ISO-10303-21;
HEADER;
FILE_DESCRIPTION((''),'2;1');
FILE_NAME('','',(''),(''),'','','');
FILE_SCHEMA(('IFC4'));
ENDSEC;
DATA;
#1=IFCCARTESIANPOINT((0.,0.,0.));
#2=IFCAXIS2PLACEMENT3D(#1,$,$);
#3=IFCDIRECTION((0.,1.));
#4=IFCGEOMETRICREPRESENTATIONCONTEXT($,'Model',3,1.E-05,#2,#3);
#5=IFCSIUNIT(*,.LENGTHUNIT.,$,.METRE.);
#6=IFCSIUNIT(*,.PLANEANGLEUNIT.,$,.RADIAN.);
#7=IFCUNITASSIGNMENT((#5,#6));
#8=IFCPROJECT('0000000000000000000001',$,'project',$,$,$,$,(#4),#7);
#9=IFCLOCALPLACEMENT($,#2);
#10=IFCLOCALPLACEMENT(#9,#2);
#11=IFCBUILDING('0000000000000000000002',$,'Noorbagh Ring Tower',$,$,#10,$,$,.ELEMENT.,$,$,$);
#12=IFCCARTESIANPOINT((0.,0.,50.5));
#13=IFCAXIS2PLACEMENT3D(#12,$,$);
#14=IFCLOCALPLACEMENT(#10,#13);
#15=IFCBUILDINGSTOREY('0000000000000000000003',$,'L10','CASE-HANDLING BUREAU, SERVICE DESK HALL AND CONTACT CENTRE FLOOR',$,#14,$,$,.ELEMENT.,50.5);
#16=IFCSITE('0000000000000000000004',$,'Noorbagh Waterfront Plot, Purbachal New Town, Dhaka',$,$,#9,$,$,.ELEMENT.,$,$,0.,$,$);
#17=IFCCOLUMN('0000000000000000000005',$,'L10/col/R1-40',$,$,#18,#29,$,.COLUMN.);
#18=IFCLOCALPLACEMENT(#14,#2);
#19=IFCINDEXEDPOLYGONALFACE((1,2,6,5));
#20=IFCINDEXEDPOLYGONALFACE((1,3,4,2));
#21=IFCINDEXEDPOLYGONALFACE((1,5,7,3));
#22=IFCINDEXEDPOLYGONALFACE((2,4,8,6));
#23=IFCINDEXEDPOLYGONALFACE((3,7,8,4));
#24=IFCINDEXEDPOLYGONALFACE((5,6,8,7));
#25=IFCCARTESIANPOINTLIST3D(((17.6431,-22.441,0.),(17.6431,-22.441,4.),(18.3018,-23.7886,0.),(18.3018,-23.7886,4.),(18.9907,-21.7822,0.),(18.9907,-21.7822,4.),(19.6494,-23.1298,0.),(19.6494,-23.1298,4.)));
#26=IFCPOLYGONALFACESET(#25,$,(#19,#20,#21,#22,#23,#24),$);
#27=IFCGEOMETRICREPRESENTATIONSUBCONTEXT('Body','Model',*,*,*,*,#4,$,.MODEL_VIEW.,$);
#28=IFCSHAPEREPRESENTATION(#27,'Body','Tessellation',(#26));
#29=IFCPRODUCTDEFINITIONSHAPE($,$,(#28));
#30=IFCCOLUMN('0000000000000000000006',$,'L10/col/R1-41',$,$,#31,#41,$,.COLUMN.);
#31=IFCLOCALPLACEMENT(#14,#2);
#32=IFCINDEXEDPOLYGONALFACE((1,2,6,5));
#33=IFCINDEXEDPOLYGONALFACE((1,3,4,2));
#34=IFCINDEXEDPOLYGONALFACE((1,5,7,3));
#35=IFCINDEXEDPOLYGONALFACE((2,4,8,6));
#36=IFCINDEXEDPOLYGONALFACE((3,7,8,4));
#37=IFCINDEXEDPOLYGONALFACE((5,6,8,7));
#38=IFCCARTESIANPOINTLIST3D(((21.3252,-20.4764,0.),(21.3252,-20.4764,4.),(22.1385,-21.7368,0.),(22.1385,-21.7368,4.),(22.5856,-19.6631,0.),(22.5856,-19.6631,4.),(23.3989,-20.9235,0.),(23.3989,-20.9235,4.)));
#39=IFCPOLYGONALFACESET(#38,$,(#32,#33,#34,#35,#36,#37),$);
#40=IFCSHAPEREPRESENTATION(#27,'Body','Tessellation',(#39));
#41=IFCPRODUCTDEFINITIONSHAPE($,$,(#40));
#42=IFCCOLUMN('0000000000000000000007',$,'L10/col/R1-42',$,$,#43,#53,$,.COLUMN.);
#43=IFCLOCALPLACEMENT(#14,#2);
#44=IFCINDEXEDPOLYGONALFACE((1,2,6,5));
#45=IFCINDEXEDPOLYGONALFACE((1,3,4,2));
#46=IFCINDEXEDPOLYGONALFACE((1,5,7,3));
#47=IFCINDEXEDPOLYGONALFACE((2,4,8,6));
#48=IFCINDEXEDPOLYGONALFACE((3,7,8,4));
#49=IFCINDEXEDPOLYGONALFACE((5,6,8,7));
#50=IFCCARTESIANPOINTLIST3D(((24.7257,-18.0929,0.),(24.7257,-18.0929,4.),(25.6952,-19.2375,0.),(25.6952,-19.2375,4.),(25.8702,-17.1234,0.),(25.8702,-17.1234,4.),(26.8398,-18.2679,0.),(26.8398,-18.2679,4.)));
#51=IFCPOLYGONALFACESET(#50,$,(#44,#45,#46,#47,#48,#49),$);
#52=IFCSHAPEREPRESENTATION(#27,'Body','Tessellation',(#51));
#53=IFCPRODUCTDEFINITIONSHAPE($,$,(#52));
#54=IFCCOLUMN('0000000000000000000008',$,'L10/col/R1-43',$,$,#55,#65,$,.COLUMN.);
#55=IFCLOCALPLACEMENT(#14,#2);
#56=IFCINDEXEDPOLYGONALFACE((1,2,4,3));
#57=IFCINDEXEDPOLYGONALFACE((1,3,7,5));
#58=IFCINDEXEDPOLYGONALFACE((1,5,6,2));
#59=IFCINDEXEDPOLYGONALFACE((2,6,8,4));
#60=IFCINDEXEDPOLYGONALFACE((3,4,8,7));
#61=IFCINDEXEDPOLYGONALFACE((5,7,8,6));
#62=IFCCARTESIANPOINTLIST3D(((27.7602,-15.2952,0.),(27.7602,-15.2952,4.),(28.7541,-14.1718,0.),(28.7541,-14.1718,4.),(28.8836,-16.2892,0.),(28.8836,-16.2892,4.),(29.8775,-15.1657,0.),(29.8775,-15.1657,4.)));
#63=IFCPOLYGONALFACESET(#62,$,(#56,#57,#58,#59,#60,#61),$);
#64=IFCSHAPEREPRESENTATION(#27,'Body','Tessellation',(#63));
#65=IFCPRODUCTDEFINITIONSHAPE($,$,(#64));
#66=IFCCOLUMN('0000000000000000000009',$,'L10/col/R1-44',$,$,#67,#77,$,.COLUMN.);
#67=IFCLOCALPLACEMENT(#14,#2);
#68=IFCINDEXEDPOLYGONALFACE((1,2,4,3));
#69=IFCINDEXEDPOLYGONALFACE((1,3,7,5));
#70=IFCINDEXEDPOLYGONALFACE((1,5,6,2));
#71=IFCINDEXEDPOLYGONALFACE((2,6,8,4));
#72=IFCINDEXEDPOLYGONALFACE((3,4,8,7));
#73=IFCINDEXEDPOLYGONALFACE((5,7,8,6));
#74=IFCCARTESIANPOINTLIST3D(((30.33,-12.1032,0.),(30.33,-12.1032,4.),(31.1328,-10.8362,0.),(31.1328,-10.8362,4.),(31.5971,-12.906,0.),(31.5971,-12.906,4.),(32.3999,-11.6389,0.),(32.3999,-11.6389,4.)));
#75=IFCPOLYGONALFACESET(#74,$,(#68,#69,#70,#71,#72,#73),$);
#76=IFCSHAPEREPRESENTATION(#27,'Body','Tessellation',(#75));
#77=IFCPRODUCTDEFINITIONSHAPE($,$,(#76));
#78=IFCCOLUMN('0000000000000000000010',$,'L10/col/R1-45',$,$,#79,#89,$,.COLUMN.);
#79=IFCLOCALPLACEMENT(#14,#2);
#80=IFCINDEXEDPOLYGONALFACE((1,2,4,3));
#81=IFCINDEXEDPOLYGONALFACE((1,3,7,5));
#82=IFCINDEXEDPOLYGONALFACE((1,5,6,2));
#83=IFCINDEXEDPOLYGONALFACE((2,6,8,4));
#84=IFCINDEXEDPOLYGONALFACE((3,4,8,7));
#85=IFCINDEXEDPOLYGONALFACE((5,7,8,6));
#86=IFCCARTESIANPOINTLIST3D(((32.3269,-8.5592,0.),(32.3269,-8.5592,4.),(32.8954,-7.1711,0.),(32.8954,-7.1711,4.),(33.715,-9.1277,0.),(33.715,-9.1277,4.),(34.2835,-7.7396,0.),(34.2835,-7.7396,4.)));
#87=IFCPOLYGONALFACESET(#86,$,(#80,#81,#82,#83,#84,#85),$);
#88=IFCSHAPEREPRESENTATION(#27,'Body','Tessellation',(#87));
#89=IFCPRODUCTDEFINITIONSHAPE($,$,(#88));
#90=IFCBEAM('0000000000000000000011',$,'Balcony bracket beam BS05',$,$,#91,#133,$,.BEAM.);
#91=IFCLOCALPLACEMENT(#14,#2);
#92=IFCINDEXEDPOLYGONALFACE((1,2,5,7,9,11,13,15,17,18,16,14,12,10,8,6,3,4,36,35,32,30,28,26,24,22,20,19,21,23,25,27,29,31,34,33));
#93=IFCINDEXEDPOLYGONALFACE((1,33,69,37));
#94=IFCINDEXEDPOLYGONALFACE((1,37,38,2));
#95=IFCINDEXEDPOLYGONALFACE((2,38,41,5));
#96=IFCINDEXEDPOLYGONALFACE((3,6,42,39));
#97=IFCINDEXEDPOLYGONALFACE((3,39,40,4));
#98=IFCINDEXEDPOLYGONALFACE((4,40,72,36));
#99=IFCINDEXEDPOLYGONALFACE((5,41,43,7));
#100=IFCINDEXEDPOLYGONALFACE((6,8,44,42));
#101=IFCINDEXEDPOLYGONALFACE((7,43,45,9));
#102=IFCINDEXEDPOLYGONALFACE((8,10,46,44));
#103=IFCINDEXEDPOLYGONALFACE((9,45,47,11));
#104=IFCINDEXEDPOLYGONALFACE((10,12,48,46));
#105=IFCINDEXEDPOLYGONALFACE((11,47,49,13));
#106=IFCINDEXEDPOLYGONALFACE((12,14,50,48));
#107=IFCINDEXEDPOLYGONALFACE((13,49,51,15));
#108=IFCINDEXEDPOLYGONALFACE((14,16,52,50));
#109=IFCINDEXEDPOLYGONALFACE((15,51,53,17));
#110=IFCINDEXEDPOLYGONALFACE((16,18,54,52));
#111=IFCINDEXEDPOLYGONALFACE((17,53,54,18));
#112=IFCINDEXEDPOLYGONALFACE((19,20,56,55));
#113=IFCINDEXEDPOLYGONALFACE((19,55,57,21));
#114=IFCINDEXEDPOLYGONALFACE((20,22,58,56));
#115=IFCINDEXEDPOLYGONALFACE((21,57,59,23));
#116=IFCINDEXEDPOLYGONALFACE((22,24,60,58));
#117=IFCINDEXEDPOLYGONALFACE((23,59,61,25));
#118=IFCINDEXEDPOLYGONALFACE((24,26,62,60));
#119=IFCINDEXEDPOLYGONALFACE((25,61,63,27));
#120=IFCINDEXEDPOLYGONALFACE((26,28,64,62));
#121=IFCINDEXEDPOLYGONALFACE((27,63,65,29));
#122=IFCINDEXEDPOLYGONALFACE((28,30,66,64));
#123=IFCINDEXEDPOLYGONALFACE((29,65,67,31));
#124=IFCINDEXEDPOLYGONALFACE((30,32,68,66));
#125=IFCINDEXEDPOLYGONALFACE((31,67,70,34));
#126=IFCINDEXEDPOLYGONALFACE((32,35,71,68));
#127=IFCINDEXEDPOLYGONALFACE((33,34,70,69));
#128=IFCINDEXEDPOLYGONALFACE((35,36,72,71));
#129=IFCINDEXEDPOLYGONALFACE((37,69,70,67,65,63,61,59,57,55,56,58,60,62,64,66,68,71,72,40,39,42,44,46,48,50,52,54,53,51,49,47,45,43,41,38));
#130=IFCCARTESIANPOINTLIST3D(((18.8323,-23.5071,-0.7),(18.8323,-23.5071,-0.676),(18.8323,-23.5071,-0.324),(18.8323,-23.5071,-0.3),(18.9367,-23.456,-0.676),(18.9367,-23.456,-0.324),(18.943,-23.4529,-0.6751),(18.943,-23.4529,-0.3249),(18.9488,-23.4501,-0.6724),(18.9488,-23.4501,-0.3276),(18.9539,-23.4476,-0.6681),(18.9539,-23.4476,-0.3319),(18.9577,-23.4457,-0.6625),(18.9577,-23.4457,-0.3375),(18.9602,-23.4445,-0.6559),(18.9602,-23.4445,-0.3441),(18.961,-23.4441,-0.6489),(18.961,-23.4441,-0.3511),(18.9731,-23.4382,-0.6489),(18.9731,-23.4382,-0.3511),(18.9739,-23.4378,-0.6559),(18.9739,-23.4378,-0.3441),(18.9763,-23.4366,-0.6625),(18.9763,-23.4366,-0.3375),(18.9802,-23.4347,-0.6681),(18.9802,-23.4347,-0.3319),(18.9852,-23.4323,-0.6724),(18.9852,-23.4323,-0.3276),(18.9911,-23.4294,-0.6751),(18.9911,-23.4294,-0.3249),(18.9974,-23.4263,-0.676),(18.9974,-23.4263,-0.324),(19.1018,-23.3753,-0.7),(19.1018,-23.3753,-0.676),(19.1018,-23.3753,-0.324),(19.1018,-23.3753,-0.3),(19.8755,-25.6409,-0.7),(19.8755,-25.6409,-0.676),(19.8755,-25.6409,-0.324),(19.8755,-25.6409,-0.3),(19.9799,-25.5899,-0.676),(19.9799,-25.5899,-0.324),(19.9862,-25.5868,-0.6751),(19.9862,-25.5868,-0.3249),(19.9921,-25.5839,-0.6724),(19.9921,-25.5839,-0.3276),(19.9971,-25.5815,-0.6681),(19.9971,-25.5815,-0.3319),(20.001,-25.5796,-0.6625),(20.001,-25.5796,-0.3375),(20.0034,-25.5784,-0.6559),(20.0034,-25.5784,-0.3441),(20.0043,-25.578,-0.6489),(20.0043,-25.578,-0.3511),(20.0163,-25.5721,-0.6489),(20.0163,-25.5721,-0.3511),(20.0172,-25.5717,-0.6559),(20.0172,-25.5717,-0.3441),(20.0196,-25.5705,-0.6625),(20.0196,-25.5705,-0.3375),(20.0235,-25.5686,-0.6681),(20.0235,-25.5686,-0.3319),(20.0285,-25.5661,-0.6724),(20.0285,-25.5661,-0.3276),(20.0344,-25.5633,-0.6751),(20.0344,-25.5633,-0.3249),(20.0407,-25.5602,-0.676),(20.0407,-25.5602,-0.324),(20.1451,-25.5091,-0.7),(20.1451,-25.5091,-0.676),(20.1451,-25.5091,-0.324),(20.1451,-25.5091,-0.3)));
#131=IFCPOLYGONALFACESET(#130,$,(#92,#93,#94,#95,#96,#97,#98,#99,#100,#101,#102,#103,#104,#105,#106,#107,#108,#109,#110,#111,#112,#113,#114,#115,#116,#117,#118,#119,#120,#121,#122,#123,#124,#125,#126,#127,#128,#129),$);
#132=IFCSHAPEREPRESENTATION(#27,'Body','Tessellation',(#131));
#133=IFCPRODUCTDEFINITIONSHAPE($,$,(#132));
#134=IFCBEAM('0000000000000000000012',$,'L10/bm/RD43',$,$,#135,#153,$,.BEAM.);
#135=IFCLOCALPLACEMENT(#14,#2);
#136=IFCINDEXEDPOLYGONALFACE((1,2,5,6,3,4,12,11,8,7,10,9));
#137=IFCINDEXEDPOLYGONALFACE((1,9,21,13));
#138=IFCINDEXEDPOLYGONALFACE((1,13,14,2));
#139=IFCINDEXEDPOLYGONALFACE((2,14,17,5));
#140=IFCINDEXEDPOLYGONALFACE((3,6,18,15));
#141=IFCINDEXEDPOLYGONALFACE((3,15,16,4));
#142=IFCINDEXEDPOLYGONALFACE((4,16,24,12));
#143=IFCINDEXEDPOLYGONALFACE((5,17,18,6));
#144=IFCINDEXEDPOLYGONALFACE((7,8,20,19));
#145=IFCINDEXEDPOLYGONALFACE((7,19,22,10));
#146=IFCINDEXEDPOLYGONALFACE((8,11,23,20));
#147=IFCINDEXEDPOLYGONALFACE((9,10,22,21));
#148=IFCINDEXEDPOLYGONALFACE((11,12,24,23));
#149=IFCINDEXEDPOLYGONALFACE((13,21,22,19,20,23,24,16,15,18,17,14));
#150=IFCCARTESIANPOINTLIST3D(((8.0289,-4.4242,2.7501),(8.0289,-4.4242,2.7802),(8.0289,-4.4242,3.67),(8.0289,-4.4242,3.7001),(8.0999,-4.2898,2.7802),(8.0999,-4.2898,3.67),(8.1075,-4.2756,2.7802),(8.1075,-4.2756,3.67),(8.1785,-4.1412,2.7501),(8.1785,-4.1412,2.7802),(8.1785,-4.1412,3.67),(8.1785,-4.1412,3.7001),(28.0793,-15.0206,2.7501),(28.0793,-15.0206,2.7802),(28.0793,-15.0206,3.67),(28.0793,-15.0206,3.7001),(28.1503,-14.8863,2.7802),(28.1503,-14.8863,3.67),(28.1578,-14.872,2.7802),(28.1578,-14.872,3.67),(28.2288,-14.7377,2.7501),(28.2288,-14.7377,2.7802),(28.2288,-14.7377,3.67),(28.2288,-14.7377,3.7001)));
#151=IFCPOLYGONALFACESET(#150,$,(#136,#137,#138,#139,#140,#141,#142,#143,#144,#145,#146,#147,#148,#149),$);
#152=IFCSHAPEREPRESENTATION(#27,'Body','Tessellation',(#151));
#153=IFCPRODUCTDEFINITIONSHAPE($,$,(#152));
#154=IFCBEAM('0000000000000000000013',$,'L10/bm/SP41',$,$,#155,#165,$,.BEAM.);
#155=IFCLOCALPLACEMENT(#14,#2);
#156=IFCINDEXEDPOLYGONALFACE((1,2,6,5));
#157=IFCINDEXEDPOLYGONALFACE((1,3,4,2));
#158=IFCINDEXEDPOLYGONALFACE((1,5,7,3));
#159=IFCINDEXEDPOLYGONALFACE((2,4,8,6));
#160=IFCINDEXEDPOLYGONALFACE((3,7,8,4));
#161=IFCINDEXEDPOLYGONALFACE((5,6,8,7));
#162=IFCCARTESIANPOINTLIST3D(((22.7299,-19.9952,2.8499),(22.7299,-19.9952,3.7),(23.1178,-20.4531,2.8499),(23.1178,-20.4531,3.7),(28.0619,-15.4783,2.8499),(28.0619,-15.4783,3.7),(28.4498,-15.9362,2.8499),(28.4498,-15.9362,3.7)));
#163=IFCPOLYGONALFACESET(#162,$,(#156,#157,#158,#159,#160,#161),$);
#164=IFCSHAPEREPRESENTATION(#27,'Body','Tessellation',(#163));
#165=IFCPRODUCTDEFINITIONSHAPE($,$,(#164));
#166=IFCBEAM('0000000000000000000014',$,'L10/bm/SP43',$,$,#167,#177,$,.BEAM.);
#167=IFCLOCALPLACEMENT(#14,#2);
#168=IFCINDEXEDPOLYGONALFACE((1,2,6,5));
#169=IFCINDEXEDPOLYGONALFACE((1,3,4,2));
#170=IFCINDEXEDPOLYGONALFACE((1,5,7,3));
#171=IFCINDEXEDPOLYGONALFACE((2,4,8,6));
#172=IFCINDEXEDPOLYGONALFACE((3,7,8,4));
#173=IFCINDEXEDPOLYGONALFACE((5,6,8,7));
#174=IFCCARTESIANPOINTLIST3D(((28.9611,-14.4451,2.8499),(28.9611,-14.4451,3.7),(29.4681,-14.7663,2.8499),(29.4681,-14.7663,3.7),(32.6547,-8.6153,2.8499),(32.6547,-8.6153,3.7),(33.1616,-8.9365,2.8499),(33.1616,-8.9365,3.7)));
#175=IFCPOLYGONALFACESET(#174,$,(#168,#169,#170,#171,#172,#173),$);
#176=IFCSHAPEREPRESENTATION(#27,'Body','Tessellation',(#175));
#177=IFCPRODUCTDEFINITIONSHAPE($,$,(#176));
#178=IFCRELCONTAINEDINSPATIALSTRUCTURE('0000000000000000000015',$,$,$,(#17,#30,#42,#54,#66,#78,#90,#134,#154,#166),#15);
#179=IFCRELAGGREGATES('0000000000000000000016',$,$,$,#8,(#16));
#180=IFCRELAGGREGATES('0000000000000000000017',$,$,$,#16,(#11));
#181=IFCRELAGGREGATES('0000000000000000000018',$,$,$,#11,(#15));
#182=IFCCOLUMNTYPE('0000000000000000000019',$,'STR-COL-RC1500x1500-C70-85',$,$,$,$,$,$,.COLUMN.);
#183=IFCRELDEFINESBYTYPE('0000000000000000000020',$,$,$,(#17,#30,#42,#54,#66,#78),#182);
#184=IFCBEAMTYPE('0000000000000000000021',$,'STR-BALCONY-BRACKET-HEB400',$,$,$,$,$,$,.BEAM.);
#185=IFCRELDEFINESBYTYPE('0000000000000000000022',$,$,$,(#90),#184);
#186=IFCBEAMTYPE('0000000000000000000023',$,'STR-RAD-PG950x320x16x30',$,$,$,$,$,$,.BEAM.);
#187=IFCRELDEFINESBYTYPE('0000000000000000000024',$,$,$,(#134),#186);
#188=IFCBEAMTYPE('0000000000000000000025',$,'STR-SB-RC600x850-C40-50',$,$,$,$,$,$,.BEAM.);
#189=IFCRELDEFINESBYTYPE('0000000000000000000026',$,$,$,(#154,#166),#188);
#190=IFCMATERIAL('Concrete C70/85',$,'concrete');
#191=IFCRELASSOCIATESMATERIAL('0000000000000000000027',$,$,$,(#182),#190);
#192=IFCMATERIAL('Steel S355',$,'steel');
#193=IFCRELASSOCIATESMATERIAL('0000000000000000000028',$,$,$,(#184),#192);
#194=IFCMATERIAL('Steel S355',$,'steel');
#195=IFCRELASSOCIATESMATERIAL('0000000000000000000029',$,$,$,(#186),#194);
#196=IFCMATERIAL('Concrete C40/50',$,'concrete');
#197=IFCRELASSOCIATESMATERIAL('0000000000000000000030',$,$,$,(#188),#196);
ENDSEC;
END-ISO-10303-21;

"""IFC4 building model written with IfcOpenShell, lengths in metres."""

from ifc_helpers import new_model, si_unit, direction, frame, origin, origin_2d, place, context, subcontext, project, spatial, rectangle, i_section, extrude, material, material_profile, profile_set, type_object, element, save


model = new_model("IFC4")

# Units and contexts
model_context = context("Model", 3, precision=1e-05, world=origin(), true_north=direction((0.0, 1.0)))
body_context = subcontext(model_context, "Body", "Model", "MODEL_VIEW")
ifc_project = project(units=[si_unit("LENGTHUNIT", "METRE"), si_unit("PLANEANGLEUNIT", "RADIAN")], contexts=[model_context])

# Site, building, storey
site_placement = place(None, origin())
site = spatial("IfcSite", under=ifc_project, at=site_placement, Name="Noorbagh Waterfront Plot, Purbachal New Town, Dhaka", CompositionType="ELEMENT", RefElevation=0.0)
building_placement = place(site_placement, origin())
building = spatial("IfcBuilding", under=site, at=building_placement, Name="Noorbagh Ring Tower", CompositionType="ELEMENT")
storey_placement = place(building_placement, frame((0.0, 0.0, 50.5)))
storey = spatial("IfcBuildingStorey", under=building, at=storey_placement, Name="L10", Description="CASE-HANDLING BUREAU, SERVICE DESK HALL AND CONTACT CENTRE FLOOR", CompositionType="ELEMENT", Elevation=50.5)

# Columns
ifc_material_1 = material(Name="Concrete C70/85", Category="concrete")
ifc_material_profile_1 = material_profile(ifc_material_1, rectangle(XDim=1.5, YDim=1.5, at=origin_2d()), Name="RC1500x1500")
ifc_profile_set_1 = profile_set([ifc_material_profile_1], Name="Concrete C70/85")
column_type = type_object("IfcColumnType", Name="STR-COL-RC1500x1500-C70-85", PredefinedType="COLUMN", material=ifc_profile_set_1)
for number, where, z_axis, x_axis, name in (
    (1, (18.6462, -22.7854, 0.0), (0.0, 0.0, 1.0), (0.898399, 0.43918, 0.0), "L10/col/R1-40"),
    (2, (22.3621, -20.7, 0.0), (0.0, 0.0, 1.0), (0.840248, 0.542203, 0.0), "L10/col/R1-41"),
    (3, (25.7827, -18.1804, 0.0), (0.0, 0.0, 1.0), (0.763035, 0.646357, 0.0), "L10/col/R1-42"),
    (4, (28.8188, -15.2305, 0.0), (0.0, 0.0, 1.0), (0.662636, 0.748942, 0.0), "L10/col/R1-43"),
    (5, (31.365, -11.8711, 0.0), (0.0, 0.0, 1.0), (0.53519, 0.844731, 0.0), "L10/col/R1-44"),
    (6, (33.3052, -8.1494, 0.0), (0.0, 0.0, 1.0), (0.378989, 0.925401, 0.0), "L10/col/R1-45"),
):
    element("IfcColumn", number, at=place(storey_placement, frame(where, z_axis=z_axis, x_axis=x_axis)), inside=storey, type_object=column_type, Name=name, PredefinedType="COLUMN", context=body_context, shape_type="SweptSolid", body=[
        extrude(rectangle(XDim=1.5, YDim=1.5, at=origin_2d()), origin(), (0.0, 0.0, 1.0), 4.0),
    ])

# Beams
ifc_material_2 = material(Name="Steel S355", Category="steel")
ifc_material_profile_2 = material_profile(ifc_material_2, i_section(OverallWidth=0.3, OverallDepth=0.3999, WebThickness=0.0134, FlangeThickness=0.0239, FilletRadius=0.0271, at=origin_2d()), Name="HEB400")
ifc_profile_set_2 = profile_set([ifc_material_profile_2], Name="Steel S355")
beam_type_1 = type_object("IfcBeamType", Name="STR-BALCONY-BRACKET-HEB400", PredefinedType="BEAM", material=ifc_profile_set_2)
beam_1_placement = place(storey_placement, frame((18.967, -23.4412, -0.5), z_axis=(0.439219, -0.89838, 0.0), x_axis=(0.89838, 0.439219, 0.0)))
element("IfcBeam", 7, at=beam_1_placement, inside=storey, type_object=beam_type_1, Name="Balcony bracket beam BS05", PredefinedType="BEAM", context=body_context, shape_type="SweptSolid", body=[
    extrude(i_section(OverallWidth=0.3, OverallDepth=0.3999, WebThickness=0.0134, FlangeThickness=0.0239, FilletRadius=0.0271, at=origin_2d()), origin(), (0.0, 0.0, 1.0), 2.3752),
])
ifc_material_3 = material(Name="Steel S355", Category="steel")
ifc_material_profile_3 = material_profile(ifc_material_3, i_section(OverallWidth=0.3201, OverallDepth=0.95, WebThickness=0.0161, FlangeThickness=0.03, at=origin_2d()), Name="PG950x320x16x30")
ifc_profile_set_3 = profile_set([ifc_material_profile_3], Name="Steel S355")
beam_type_2 = type_object("IfcBeamType", Name="STR-RAD-PG950x320x16x30", PredefinedType="BEAM", material=ifc_profile_set_3)
beam_2_placement = place(storey_placement, frame((28.1541, -14.8792, 3.2251), z_axis=(-0.884124, 0.467253, 0.0), x_axis=(-0.467253, -0.884124, 0.0)))
element("IfcBeam", 8, at=beam_2_placement, inside=storey, type_object=beam_type_2, Name="L10/bm/RD43", PredefinedType="BEAM", context=body_context, shape_type="SweptSolid", body=[
    extrude(i_section(OverallWidth=0.3201, OverallDepth=0.95, WebThickness=0.0161, FlangeThickness=0.03, at=origin_2d()), origin(), (0.0, 0.0, 1.0), 22.6782),
])
ifc_material_4 = material(Name="Concrete C40/50", Category="concrete")
ifc_material_profile_4 = material_profile(ifc_material_4, rectangle(XDim=0.6001, YDim=0.8501, at=origin_2d()), Name="RC600x850")
ifc_profile_set_4 = profile_set([ifc_material_profile_4], Name="Concrete C40/50")
beam_type_3 = type_object("IfcBeamType", Name="STR-SB-RC600x850-C40-50", PredefinedType="BEAM", material=ifc_profile_set_4)
beam_3_placement = place(storey_placement, frame((22.9238, -20.2241, 3.2749), z_axis=(0.763024, 0.64637, 0.0), x_axis=(-0.64637, 0.763024, 0.0)))
element("IfcBeam", 9, at=beam_3_placement, inside=storey, type_object=beam_type_3, Name="L10/bm/SP41", PredefinedType="BEAM", context=body_context, shape_type="SweptSolid", body=[
    extrude(rectangle(XDim=0.6001, YDim=0.8501, at=origin_2d()), origin(), (0.0, 0.0, 1.0), 6.988),
])
beam_4_placement = place(storey_placement, frame((29.2146, -14.6057, 3.2749), z_axis=(0.535194, 0.844729, 0.0), x_axis=(-0.844729, 0.535194, 0.0)))
element("IfcBeam", 10, at=beam_4_placement, inside=storey, type_object=beam_type_3, Name="L10/bm/SP43", PredefinedType="BEAM", context=body_context, shape_type="SweptSolid", body=[
    extrude(rectangle(XDim=0.6001, YDim=0.8501, at=origin_2d()), origin(), (0.0, 0.0, 1.0), 6.9014),
])

save(model, "model.ifc")
